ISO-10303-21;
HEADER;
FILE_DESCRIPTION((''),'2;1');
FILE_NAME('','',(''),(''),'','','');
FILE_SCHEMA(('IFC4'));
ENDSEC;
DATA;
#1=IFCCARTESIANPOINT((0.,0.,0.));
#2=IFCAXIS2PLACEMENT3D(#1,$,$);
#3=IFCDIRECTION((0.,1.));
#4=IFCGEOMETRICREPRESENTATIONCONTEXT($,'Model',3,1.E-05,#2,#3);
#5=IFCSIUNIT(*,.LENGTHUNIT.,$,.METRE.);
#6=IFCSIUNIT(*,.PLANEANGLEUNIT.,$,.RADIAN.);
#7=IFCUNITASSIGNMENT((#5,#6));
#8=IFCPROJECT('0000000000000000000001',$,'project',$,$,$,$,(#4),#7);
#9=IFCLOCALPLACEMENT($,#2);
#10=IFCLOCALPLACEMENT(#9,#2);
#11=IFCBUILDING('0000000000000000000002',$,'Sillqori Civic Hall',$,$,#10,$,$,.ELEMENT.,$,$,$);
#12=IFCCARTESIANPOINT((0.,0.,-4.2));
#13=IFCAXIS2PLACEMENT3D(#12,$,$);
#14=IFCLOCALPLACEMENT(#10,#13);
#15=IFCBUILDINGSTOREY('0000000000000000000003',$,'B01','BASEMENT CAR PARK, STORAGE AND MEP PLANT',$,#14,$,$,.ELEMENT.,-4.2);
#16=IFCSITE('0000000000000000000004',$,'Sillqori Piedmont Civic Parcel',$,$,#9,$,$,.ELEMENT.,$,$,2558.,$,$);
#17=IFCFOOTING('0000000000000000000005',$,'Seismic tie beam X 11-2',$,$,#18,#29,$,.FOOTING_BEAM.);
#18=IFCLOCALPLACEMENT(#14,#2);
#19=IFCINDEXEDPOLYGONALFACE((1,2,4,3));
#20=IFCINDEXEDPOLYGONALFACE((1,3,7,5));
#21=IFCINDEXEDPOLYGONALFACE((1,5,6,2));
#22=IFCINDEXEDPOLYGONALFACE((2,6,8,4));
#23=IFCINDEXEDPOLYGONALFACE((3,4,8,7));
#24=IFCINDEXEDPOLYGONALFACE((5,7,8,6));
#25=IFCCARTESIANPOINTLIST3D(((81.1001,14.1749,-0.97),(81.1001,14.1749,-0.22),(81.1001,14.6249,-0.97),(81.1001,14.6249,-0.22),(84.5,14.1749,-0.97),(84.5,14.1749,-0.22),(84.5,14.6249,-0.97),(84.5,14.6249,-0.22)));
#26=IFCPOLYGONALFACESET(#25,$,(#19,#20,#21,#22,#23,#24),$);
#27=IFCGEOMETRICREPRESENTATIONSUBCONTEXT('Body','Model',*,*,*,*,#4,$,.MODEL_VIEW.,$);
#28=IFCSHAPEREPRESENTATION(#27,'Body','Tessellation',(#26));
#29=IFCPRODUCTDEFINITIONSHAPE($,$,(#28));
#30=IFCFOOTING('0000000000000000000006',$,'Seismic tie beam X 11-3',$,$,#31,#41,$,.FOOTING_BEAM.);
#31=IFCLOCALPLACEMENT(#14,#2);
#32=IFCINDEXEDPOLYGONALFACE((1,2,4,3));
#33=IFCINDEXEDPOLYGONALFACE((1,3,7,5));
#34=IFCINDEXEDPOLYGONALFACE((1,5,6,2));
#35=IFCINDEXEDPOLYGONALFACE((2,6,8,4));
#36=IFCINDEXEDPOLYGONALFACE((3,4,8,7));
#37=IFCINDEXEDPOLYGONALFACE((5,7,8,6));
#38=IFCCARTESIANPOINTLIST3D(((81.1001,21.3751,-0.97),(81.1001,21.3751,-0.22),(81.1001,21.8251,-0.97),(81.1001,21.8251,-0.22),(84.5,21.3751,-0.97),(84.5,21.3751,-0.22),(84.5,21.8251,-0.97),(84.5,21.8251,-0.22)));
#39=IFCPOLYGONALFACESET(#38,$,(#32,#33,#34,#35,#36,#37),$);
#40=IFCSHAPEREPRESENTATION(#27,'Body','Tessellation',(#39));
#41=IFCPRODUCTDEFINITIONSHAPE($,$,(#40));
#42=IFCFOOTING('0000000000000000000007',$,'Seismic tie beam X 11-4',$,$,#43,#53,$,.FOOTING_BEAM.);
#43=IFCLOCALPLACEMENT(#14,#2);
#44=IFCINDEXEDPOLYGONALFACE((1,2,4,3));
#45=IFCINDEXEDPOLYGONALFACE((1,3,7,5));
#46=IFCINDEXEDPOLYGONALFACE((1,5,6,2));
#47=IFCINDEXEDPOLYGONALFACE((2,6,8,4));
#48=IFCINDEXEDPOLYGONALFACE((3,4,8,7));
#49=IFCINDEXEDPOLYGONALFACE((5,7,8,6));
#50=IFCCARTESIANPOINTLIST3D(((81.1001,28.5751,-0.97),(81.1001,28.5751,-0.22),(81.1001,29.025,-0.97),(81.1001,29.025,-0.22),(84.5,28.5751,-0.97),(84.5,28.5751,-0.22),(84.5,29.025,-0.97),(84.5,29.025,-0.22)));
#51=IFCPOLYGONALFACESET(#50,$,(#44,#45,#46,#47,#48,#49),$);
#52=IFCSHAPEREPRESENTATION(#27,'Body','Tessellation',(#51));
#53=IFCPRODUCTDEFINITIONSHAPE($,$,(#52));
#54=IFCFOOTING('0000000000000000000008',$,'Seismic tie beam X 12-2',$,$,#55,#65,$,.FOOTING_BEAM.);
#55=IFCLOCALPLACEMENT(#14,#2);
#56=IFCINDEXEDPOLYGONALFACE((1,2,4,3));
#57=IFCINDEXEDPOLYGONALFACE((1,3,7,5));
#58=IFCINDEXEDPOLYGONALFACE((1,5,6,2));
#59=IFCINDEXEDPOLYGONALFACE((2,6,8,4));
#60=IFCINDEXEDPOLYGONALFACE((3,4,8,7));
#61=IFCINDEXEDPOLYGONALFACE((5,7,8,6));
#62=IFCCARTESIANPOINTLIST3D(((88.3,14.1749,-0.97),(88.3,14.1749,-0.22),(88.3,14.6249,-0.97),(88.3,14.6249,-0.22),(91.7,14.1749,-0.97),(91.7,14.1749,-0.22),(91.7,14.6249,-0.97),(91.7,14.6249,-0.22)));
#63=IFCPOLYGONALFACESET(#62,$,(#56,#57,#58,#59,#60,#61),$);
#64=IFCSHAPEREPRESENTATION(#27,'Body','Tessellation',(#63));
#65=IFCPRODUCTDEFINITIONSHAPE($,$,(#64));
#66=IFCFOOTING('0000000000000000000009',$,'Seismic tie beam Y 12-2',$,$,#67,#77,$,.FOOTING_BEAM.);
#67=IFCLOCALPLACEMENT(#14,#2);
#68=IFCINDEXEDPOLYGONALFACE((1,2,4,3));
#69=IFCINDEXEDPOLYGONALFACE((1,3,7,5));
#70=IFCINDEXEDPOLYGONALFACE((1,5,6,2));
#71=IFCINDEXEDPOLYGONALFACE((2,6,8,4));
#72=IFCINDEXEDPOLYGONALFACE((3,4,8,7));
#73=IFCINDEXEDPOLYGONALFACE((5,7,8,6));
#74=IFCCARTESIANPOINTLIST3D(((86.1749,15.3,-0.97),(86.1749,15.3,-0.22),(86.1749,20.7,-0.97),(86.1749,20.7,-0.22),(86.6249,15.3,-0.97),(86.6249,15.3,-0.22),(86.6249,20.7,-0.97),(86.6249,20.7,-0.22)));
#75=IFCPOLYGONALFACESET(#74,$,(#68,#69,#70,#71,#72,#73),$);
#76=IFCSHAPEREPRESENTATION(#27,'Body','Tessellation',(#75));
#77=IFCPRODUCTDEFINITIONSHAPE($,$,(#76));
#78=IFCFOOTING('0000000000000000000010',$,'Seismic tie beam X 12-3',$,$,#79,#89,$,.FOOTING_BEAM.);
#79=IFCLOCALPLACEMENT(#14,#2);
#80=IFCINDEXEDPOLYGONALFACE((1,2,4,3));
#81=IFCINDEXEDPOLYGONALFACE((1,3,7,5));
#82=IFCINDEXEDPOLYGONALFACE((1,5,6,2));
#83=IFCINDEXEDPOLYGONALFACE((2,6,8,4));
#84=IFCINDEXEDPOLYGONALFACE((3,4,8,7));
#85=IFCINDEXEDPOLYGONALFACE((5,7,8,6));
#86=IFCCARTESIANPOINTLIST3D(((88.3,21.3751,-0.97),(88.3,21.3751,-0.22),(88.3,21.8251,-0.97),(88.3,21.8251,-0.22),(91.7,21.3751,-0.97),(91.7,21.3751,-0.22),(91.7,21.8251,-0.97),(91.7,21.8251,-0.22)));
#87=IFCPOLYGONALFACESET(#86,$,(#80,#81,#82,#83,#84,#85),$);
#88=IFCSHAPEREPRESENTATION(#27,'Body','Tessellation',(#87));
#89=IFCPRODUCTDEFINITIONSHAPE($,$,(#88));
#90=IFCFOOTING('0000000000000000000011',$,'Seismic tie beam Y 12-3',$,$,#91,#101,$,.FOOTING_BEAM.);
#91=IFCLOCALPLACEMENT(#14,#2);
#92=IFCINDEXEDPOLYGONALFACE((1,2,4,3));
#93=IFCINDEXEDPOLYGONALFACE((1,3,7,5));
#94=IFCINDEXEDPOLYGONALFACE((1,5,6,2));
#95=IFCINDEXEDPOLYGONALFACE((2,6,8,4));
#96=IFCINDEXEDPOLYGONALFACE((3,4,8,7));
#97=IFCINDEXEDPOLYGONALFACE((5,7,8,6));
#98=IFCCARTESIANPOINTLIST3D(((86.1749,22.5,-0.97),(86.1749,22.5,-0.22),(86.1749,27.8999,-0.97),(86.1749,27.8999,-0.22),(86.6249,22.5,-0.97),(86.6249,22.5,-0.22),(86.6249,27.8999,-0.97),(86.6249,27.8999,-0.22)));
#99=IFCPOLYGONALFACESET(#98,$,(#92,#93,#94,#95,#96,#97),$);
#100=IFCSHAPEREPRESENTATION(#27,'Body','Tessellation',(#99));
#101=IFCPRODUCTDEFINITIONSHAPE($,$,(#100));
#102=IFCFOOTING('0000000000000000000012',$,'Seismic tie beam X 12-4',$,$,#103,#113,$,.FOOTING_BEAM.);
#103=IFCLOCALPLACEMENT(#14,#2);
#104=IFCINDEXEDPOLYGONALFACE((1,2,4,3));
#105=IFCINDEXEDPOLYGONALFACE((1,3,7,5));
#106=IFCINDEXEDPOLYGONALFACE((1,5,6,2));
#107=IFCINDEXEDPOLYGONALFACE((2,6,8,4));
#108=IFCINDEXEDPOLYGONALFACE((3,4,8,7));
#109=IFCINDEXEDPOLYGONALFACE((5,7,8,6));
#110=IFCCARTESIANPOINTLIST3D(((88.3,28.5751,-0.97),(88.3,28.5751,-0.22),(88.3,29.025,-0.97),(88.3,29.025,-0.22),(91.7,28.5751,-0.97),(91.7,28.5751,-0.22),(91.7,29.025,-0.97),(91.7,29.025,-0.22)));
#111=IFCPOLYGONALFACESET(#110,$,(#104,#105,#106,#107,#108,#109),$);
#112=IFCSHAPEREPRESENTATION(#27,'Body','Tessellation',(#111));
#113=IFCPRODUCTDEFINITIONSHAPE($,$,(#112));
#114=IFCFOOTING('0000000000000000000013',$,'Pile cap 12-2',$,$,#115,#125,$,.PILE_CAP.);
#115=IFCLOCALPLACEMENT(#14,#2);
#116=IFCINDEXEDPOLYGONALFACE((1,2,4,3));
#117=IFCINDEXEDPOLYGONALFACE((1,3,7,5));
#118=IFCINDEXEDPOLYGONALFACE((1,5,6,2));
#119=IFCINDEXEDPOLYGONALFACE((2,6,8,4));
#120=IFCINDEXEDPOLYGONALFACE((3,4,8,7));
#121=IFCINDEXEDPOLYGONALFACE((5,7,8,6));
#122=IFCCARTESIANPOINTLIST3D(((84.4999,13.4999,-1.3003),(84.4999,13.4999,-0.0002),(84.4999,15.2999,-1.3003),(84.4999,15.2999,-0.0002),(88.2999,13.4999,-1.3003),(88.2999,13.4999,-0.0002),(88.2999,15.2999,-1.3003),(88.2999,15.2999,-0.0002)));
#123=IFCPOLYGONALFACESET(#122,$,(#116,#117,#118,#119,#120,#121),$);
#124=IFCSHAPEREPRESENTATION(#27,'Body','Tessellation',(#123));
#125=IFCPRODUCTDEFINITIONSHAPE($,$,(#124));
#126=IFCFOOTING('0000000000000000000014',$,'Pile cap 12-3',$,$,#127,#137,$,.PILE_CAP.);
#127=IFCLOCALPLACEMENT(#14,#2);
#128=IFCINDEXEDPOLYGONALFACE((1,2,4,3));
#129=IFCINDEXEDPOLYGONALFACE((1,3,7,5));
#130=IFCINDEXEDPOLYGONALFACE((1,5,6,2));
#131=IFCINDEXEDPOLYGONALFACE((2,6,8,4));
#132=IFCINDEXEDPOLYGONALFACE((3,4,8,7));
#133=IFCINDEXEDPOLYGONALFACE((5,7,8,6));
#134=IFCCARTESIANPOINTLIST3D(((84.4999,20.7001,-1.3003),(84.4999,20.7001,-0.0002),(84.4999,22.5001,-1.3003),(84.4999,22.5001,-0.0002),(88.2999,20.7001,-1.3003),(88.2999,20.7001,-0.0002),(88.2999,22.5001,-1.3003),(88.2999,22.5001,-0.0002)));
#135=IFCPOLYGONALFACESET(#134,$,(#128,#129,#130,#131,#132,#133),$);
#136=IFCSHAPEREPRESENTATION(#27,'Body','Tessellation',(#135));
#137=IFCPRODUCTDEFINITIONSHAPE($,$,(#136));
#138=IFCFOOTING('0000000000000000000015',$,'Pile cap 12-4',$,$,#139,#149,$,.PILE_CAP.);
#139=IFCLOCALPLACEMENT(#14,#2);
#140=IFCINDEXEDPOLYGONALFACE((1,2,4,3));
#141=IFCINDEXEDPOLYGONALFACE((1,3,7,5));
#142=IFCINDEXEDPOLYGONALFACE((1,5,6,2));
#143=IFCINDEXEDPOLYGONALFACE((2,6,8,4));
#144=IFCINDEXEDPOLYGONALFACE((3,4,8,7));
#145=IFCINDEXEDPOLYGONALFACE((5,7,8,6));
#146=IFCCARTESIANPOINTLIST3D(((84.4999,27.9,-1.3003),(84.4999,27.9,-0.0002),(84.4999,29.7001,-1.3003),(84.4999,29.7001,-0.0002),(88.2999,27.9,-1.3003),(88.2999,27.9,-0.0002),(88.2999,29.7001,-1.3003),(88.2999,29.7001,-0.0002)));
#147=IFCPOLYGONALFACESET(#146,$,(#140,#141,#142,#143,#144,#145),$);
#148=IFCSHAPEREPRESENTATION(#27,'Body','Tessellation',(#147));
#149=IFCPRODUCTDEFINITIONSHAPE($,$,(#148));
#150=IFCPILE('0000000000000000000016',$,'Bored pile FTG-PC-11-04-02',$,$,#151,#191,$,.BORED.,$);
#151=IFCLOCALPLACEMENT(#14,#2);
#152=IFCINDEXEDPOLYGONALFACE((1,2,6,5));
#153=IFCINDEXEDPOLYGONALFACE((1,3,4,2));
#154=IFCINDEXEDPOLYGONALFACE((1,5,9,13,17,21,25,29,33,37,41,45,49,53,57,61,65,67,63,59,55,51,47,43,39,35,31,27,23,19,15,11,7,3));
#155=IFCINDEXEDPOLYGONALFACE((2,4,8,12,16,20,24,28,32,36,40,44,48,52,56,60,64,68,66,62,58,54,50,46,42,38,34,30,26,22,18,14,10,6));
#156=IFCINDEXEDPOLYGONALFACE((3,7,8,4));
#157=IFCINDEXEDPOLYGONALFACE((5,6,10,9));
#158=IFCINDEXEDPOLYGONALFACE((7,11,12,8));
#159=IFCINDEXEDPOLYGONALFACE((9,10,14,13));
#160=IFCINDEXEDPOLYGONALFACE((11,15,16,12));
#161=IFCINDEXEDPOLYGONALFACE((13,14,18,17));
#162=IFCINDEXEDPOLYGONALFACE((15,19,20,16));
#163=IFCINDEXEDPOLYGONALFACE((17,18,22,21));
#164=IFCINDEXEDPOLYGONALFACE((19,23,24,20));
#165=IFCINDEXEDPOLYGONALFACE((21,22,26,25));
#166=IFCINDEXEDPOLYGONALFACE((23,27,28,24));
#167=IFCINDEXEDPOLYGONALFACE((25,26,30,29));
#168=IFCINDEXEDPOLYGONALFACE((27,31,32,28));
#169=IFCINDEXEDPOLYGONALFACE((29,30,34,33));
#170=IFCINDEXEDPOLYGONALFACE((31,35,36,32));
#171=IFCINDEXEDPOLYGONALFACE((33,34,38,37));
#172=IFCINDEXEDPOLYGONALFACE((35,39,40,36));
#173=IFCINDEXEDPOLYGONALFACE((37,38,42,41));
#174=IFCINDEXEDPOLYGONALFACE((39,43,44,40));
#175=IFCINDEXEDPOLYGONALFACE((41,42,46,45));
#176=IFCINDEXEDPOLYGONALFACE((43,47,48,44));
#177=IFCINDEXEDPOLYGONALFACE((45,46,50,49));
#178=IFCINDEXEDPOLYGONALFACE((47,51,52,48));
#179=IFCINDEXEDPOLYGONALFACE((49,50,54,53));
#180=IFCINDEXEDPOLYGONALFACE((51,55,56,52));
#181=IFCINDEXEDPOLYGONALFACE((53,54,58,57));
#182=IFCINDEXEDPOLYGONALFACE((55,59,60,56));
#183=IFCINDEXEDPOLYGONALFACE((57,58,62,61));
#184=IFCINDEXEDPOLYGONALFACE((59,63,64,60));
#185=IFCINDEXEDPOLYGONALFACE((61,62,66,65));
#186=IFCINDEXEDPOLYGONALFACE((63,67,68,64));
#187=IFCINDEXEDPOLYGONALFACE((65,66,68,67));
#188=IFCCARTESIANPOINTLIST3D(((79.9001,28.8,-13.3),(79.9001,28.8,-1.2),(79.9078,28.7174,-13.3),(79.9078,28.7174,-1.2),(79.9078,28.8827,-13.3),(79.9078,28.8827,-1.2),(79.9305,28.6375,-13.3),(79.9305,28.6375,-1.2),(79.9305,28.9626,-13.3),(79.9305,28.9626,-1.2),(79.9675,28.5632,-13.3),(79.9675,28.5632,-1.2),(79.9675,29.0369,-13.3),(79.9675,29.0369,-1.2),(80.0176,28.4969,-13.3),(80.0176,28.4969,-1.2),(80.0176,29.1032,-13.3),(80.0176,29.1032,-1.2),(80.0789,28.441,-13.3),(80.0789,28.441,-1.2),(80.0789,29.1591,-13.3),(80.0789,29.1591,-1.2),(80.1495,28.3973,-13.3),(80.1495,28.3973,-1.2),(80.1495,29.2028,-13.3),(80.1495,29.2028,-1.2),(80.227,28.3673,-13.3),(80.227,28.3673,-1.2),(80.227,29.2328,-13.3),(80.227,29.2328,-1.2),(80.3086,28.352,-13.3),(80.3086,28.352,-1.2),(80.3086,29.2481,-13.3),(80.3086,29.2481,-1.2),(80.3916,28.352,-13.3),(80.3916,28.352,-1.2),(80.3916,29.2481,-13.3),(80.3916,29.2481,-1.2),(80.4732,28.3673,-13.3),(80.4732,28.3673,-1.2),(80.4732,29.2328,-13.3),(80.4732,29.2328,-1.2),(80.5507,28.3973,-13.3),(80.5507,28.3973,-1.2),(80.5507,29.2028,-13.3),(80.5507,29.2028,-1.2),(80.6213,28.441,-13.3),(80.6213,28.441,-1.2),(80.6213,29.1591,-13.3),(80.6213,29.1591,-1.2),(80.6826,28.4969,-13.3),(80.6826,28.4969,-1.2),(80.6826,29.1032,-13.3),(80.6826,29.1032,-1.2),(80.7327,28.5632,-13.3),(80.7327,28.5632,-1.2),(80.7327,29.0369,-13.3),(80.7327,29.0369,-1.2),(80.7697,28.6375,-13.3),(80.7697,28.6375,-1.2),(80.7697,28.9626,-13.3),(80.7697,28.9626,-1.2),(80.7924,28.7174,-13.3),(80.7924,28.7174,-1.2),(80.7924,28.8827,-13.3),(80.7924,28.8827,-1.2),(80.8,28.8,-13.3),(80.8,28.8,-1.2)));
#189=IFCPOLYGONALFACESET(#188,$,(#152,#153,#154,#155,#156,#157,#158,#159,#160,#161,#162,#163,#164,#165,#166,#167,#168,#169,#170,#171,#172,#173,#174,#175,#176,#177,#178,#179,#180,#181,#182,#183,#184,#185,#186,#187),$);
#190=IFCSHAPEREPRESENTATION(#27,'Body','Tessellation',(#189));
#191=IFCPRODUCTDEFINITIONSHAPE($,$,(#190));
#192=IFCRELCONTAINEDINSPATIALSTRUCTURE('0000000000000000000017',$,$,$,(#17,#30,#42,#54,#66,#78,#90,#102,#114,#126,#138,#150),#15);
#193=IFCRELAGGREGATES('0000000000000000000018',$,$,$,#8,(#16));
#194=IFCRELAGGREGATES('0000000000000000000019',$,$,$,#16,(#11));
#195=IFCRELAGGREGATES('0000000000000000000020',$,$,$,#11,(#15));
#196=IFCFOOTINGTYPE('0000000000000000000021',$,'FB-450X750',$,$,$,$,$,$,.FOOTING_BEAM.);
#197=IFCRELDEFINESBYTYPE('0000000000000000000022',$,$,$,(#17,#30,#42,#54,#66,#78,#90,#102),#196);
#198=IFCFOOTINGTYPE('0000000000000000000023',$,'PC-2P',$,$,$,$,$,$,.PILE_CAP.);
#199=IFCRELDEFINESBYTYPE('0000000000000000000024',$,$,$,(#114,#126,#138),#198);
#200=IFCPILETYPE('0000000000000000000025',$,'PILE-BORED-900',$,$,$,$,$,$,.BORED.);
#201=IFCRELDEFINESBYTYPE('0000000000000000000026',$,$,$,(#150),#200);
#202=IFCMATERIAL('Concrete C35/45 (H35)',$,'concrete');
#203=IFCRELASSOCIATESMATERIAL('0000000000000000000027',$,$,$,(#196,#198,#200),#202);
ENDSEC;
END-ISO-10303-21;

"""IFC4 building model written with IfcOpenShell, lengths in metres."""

from ifc_helpers import new_model, si_unit, direction, frame, origin, origin_2d, place, context, subcontext, project, spatial, rectangle, circle, extrude, material, material_profile, profile_set, type_object, element, save


model = new_model("IFC4")

# Units and contexts
model_context = context("Model", 3, precision=1e-05, world=origin(), true_north=direction((0.0, 1.0)))
body_context = subcontext(model_context, "Body", "Model", "MODEL_VIEW")
ifc_project = project(units=[si_unit("LENGTHUNIT", "METRE"), si_unit("PLANEANGLEUNIT", "RADIAN")], contexts=[model_context])

# Site, building, storey
site_placement = place(None, origin())
site = spatial("IfcSite", under=ifc_project, at=site_placement, Name="Sillqori Piedmont Civic Parcel", CompositionType="ELEMENT", RefElevation=2558.0)
building_placement = place(site_placement, origin())
building = spatial("IfcBuilding", under=site, at=building_placement, Name="Sillqori Civic Hall", CompositionType="ELEMENT")
storey_placement = place(building_placement, frame((0.0, 0.0, -4.2)))
storey = spatial("IfcBuildingStorey", under=building, at=storey_placement, Name="B01", Description="BASEMENT CAR PARK, STORAGE AND MEP PLANT", CompositionType="ELEMENT", Elevation=-4.2)

# Footings
ifc_material = material(Name="Concrete C35/45 (H35)", Category="concrete")
footing_type_1 = type_object("IfcFootingType", Name="FB-450X750", PredefinedType="FOOTING_BEAM", material=ifc_material)
for number, where, z_axis, x_axis, name in (
    (1, (82.8, 14.3999, -0.97), (0.0, 0.0, 1.0), (1.0, 0.0, 0.0), "Seismic tie beam X 11-2"),
    (2, (82.8, 21.6001, -0.97), (0.0, 0.0, 1.0), (1.0, 0.0, 0.0), "Seismic tie beam X 11-3"),
    (3, (82.8, 28.8, -0.97), (0.0, 0.0, 1.0), (1.0, 0.0, 0.0), "Seismic tie beam X 11-4"),
    (4, (90.0, 14.3999, -0.97), (0.0, 0.0, 1.0), (1.0, 0.0, 0.0), "Seismic tie beam X 12-2"),
):
    element("IfcFooting", number, at=place(storey_placement, frame(where, z_axis=z_axis, x_axis=x_axis)), inside=storey, type_object=footing_type_1, Name=name, PredefinedType="FOOTING_BEAM", context=body_context, shape_type="SweptSolid", body=[
        extrude(rectangle(XDim=3.3999, YDim=0.45, at=origin_2d()), origin(), (0.0, 0.0, 1.0), 0.75),
    ])
footing_1_placement = place(storey_placement, frame((86.3999, 18.0, -0.97), z_axis=(0.0, 0.0, 1.0), x_axis=(1.0, 0.0, 0.0)))
element("IfcFooting", 5, at=footing_1_placement, inside=storey, type_object=footing_type_1, Name="Seismic tie beam Y 12-2", PredefinedType="FOOTING_BEAM", context=body_context, shape_type="SweptSolid", body=[
    extrude(rectangle(XDim=0.45, YDim=5.3999, at=origin_2d()), origin(), (0.0, 0.0, 1.0), 0.75),
])
footing_2_placement = place(storey_placement, frame((90.0, 21.6001, -0.97), z_axis=(0.0, 0.0, 1.0), x_axis=(1.0, 0.0, 0.0)))
element("IfcFooting", 6, at=footing_2_placement, inside=storey, type_object=footing_type_1, Name="Seismic tie beam X 12-3", PredefinedType="FOOTING_BEAM", context=body_context, shape_type="SweptSolid", body=[
    extrude(rectangle(XDim=3.3999, YDim=0.45, at=origin_2d()), origin(), (0.0, 0.0, 1.0), 0.75),
])
footing_3_placement = place(storey_placement, frame((86.3999, 25.2, -0.97), z_axis=(0.0, 0.0, 1.0), x_axis=(1.0, 0.0, 0.0)))
element("IfcFooting", 7, at=footing_3_placement, inside=storey, type_object=footing_type_1, Name="Seismic tie beam Y 12-3", PredefinedType="FOOTING_BEAM", context=body_context, shape_type="SweptSolid", body=[
    extrude(rectangle(XDim=0.45, YDim=5.3999, at=origin_2d()), origin(), (0.0, 0.0, 1.0), 0.75),
])
footing_4_placement = place(storey_placement, frame((90.0, 28.8, -0.97), z_axis=(0.0, 0.0, 1.0), x_axis=(1.0, 0.0, 0.0)))
element("IfcFooting", 8, at=footing_4_placement, inside=storey, type_object=footing_type_1, Name="Seismic tie beam X 12-4", PredefinedType="FOOTING_BEAM", context=body_context, shape_type="SweptSolid", body=[
    extrude(rectangle(XDim=3.3999, YDim=0.45, at=origin_2d()), origin(), (0.0, 0.0, 1.0), 0.75),
])
footing_type_2 = type_object("IfcFootingType", Name="PC-2P", PredefinedType="PILE_CAP", material=ifc_material)
for number, where, z_axis, x_axis, name in (
    (9, (86.3999, 14.3999, -1.3003), (0.0, 0.0, 1.0), (1.0, 0.0, 0.0), "Pile cap 12-2"),
    (10, (86.3999, 21.6001, -1.3003), (0.0, 0.0, 1.0), (1.0, 0.0, 0.0), "Pile cap 12-3"),
    (11, (86.3999, 28.8, -1.3003), (0.0, 0.0, 1.0), (1.0, 0.0, 0.0), "Pile cap 12-4"),
):
    element("IfcFooting", number, at=place(storey_placement, frame(where, z_axis=z_axis, x_axis=x_axis)), inside=storey, type_object=footing_type_2, Name=name, PredefinedType="PILE_CAP", context=body_context, shape_type="SweptSolid", body=[
        extrude(rectangle(XDim=3.8, YDim=1.8, at=origin_2d()), origin(), (0.0, 0.0, 1.0), 1.3),
    ])

# Pile
ifc_material_profile_1 = material_profile(ifc_material, circle(Radius=0.45, at=origin_2d()), Name="BORED PILE 900")
ifc_profile_set_1 = profile_set([ifc_material_profile_1], Name="Concrete C35/45 (H35)")
pile_type = type_object("IfcPileType", Name="PILE-BORED-900", PredefinedType="BORED", material=ifc_profile_set_1)
for number, where, z_axis, x_axis, name in (
    (12, (80.3501, 28.8, -1.2), (0.0, 0.0, -1.0), (1.0, 0.0, 0.0), "Bored pile FTG-PC-11-04-02"),
):
    element("IfcPile", number, at=place(storey_placement, frame(where, z_axis=z_axis, x_axis=x_axis)), inside=storey, type_object=pile_type, Name=name, PredefinedType="BORED", context=body_context, shape_type="SweptSolid", body=[
        extrude(circle(Radius=0.45, at=origin_2d()), origin(), (0.0, 0.0, 1.0), 12.1001),
    ])

save(model, "model.ifc")
